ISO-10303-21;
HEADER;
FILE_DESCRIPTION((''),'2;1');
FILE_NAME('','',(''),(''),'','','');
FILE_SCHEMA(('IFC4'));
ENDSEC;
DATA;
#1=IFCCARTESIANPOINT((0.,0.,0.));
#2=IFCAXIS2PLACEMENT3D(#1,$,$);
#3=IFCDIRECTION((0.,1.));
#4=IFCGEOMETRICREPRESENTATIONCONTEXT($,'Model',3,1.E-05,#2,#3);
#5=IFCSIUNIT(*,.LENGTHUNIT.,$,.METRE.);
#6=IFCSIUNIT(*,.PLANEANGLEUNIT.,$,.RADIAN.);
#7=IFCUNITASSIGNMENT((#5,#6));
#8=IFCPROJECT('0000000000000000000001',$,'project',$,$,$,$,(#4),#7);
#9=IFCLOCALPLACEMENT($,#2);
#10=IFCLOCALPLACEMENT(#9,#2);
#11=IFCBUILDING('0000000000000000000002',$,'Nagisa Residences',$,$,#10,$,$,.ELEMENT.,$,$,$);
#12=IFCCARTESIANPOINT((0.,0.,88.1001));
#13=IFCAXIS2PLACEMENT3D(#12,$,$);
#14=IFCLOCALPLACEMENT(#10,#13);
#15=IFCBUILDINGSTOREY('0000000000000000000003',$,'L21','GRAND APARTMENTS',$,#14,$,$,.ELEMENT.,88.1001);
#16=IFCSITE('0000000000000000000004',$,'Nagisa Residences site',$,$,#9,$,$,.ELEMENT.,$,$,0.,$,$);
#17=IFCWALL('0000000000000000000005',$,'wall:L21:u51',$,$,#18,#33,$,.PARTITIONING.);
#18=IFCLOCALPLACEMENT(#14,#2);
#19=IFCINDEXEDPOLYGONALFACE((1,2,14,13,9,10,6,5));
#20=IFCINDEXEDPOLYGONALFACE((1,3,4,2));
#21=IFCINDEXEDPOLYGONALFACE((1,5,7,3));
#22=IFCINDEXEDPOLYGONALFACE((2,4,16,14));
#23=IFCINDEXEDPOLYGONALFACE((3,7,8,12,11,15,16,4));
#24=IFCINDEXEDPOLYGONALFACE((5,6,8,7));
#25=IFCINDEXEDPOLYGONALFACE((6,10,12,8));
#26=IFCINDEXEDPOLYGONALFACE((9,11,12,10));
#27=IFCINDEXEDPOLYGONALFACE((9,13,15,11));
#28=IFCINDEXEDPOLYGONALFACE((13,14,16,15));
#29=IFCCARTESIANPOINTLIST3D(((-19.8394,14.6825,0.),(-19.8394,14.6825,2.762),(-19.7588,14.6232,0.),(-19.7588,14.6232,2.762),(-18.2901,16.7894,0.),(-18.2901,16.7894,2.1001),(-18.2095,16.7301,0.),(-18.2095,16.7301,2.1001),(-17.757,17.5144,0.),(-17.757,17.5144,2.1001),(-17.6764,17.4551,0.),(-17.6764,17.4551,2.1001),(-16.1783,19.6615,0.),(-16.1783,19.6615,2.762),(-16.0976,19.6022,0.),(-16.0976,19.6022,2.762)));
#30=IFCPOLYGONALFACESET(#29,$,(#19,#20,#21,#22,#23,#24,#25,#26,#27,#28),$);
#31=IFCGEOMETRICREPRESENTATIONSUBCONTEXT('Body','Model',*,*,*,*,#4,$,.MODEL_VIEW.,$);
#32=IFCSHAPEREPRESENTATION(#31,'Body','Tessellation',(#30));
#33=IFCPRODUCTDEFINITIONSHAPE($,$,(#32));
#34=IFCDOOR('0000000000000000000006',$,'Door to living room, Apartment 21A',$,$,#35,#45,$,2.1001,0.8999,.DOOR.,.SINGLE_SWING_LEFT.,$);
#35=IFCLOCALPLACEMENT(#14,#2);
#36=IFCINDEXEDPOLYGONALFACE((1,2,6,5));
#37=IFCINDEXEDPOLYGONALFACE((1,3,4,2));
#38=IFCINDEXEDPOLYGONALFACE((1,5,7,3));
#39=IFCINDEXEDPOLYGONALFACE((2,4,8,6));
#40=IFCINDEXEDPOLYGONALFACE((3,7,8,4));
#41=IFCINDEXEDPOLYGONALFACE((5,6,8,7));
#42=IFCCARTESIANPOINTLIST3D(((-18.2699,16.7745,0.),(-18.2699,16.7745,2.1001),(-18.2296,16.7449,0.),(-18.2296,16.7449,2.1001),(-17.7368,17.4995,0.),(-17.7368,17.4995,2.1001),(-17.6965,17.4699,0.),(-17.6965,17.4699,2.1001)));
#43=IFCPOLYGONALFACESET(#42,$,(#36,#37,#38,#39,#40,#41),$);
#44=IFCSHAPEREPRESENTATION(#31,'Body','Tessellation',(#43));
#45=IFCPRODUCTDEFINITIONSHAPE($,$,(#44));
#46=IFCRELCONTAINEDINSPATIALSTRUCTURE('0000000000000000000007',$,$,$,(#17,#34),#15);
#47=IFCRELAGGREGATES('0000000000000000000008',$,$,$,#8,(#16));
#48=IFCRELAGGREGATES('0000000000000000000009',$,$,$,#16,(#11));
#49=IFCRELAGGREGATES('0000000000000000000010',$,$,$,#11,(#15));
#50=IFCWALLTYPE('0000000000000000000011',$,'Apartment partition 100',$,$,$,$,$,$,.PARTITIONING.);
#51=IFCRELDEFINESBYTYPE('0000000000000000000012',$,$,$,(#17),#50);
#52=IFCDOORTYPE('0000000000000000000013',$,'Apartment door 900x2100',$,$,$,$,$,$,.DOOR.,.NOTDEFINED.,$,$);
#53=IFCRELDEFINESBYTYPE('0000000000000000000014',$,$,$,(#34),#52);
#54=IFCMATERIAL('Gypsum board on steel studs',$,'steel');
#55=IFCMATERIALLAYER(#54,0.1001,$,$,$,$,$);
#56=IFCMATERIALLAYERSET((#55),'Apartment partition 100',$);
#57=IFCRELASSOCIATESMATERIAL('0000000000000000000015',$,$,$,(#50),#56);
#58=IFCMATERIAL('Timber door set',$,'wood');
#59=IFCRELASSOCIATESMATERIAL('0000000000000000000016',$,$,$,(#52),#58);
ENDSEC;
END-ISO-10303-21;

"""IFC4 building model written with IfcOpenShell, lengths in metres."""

from ifc_helpers import new_model, si_unit, direction, frame, frame_2d, origin, place, context, subcontext, project, spatial, rectangle, extrude, material, layer, layer_set, type_object, element, fill, save


model = new_model("IFC4")

# Units and contexts
model_context = context("Model", 3, precision=1e-05, world=origin(), true_north=direction((0.0, 1.0)))
body_context = subcontext(model_context, "Body", "Model", "MODEL_VIEW")
ifc_project = project(units=[si_unit("LENGTHUNIT", "METRE"), si_unit("PLANEANGLEUNIT", "RADIAN")], contexts=[model_context])

# Site, building, storey
site_placement = place(None, origin())
site = spatial("IfcSite", under=ifc_project, at=site_placement, Name="Nagisa Residences site", CompositionType="ELEMENT", RefElevation=0.0)
building_placement = place(site_placement, origin())
building = spatial("IfcBuilding", under=site, at=building_placement, Name="Nagisa Residences", CompositionType="ELEMENT")
storey_placement = place(building_placement, frame((0.0, 0.0, 88.1001)))
storey = spatial("IfcBuildingStorey", under=building, at=storey_placement, Name="L21", Description="GRAND APARTMENTS", CompositionType="ELEMENT", Elevation=88.1001)

# Shared definitions
ifc_material_1 = material(Name="Gypsum board on steel studs", Category="steel")
ifc_layer_1 = layer(ifc_material_1, 0.1001)
ifc_layer_set_1 = layer_set([ifc_layer_1], Name="Apartment partition 100")
wall_type_1 = type_object("IfcWallType", Name="Apartment partition 100", PredefinedType="PARTITIONING", material=ifc_layer_set_1)

# Wall, opening, door
wall_1_placement = place(storey_placement, frame((-16.1379, 19.6318, 0.0), z_axis=(0.0, 0.0, 1.0), x_axis=(-0.592401, -0.805643, 0.0)))
wall_1 = element("IfcWall", 1, at=wall_1_placement, inside=storey, type_object=wall_type_1, Name="wall:L21:u51", PredefinedType="PARTITIONING", context=body_context, shape_type="SweptSolid", body=[
    extrude(rectangle(XDim=6.1802, YDim=0.1001, at=frame_2d((3.0901, 0.0))), origin(), (0.0, 0.0, 1.0), 2.762),
])
opening_1_placement = place(wall_1_placement, frame((2.665, 0.0, 0.0)))
opening_1 = element("IfcOpeningElement", 2, at=opening_1_placement, cuts=wall_1, PredefinedType="OPENING", context=body_context, shape_type="SweptSolid", body=[
    extrude(rectangle(XDim=0.8999, YDim=2.1001, at=frame_2d((0.45, 1.05))), frame((0.0, 0.0601, 0.0), z_axis=(0.0, -1.0, 0.0), x_axis=(1.0, 0.0, 0.0)), (0.0, 0.0, 1.0), 0.1201),
])
ifc_material_2 = material(Name="Timber door set", Category="wood")
door_type_1 = type_object("IfcDoorType", Name="Apartment door 900x2100", OperationType="NOTDEFINED", PredefinedType="DOOR", material=ifc_material_2)
door_1_placement = place(opening_1_placement, frame((0.8999, 0.0, 0.0), x_axis=(-1.0, 0.0, 0.0)))
door_1 = element("IfcDoor", 3, at=door_1_placement, inside=storey, type_object=door_type_1, Name="Door to living room, Apartment 21A", OperationType="SINGLE_SWING_LEFT", OverallHeight=2.1001, OverallWidth=0.8999, PredefinedType="DOOR", context=body_context, shape_type="SweptSolid", body=[
    extrude(rectangle(XDim=0.8999, YDim=2.1001, at=frame_2d((0.45, 1.05))), frame((0.0, 0.0249, 0.0), z_axis=(0.0, -1.0, 0.0), x_axis=(1.0, 0.0, 0.0)), (0.0, 0.0, 1.0), 0.05),
])
fill(opening_1, door_1)

save(model, "model.ifc")
